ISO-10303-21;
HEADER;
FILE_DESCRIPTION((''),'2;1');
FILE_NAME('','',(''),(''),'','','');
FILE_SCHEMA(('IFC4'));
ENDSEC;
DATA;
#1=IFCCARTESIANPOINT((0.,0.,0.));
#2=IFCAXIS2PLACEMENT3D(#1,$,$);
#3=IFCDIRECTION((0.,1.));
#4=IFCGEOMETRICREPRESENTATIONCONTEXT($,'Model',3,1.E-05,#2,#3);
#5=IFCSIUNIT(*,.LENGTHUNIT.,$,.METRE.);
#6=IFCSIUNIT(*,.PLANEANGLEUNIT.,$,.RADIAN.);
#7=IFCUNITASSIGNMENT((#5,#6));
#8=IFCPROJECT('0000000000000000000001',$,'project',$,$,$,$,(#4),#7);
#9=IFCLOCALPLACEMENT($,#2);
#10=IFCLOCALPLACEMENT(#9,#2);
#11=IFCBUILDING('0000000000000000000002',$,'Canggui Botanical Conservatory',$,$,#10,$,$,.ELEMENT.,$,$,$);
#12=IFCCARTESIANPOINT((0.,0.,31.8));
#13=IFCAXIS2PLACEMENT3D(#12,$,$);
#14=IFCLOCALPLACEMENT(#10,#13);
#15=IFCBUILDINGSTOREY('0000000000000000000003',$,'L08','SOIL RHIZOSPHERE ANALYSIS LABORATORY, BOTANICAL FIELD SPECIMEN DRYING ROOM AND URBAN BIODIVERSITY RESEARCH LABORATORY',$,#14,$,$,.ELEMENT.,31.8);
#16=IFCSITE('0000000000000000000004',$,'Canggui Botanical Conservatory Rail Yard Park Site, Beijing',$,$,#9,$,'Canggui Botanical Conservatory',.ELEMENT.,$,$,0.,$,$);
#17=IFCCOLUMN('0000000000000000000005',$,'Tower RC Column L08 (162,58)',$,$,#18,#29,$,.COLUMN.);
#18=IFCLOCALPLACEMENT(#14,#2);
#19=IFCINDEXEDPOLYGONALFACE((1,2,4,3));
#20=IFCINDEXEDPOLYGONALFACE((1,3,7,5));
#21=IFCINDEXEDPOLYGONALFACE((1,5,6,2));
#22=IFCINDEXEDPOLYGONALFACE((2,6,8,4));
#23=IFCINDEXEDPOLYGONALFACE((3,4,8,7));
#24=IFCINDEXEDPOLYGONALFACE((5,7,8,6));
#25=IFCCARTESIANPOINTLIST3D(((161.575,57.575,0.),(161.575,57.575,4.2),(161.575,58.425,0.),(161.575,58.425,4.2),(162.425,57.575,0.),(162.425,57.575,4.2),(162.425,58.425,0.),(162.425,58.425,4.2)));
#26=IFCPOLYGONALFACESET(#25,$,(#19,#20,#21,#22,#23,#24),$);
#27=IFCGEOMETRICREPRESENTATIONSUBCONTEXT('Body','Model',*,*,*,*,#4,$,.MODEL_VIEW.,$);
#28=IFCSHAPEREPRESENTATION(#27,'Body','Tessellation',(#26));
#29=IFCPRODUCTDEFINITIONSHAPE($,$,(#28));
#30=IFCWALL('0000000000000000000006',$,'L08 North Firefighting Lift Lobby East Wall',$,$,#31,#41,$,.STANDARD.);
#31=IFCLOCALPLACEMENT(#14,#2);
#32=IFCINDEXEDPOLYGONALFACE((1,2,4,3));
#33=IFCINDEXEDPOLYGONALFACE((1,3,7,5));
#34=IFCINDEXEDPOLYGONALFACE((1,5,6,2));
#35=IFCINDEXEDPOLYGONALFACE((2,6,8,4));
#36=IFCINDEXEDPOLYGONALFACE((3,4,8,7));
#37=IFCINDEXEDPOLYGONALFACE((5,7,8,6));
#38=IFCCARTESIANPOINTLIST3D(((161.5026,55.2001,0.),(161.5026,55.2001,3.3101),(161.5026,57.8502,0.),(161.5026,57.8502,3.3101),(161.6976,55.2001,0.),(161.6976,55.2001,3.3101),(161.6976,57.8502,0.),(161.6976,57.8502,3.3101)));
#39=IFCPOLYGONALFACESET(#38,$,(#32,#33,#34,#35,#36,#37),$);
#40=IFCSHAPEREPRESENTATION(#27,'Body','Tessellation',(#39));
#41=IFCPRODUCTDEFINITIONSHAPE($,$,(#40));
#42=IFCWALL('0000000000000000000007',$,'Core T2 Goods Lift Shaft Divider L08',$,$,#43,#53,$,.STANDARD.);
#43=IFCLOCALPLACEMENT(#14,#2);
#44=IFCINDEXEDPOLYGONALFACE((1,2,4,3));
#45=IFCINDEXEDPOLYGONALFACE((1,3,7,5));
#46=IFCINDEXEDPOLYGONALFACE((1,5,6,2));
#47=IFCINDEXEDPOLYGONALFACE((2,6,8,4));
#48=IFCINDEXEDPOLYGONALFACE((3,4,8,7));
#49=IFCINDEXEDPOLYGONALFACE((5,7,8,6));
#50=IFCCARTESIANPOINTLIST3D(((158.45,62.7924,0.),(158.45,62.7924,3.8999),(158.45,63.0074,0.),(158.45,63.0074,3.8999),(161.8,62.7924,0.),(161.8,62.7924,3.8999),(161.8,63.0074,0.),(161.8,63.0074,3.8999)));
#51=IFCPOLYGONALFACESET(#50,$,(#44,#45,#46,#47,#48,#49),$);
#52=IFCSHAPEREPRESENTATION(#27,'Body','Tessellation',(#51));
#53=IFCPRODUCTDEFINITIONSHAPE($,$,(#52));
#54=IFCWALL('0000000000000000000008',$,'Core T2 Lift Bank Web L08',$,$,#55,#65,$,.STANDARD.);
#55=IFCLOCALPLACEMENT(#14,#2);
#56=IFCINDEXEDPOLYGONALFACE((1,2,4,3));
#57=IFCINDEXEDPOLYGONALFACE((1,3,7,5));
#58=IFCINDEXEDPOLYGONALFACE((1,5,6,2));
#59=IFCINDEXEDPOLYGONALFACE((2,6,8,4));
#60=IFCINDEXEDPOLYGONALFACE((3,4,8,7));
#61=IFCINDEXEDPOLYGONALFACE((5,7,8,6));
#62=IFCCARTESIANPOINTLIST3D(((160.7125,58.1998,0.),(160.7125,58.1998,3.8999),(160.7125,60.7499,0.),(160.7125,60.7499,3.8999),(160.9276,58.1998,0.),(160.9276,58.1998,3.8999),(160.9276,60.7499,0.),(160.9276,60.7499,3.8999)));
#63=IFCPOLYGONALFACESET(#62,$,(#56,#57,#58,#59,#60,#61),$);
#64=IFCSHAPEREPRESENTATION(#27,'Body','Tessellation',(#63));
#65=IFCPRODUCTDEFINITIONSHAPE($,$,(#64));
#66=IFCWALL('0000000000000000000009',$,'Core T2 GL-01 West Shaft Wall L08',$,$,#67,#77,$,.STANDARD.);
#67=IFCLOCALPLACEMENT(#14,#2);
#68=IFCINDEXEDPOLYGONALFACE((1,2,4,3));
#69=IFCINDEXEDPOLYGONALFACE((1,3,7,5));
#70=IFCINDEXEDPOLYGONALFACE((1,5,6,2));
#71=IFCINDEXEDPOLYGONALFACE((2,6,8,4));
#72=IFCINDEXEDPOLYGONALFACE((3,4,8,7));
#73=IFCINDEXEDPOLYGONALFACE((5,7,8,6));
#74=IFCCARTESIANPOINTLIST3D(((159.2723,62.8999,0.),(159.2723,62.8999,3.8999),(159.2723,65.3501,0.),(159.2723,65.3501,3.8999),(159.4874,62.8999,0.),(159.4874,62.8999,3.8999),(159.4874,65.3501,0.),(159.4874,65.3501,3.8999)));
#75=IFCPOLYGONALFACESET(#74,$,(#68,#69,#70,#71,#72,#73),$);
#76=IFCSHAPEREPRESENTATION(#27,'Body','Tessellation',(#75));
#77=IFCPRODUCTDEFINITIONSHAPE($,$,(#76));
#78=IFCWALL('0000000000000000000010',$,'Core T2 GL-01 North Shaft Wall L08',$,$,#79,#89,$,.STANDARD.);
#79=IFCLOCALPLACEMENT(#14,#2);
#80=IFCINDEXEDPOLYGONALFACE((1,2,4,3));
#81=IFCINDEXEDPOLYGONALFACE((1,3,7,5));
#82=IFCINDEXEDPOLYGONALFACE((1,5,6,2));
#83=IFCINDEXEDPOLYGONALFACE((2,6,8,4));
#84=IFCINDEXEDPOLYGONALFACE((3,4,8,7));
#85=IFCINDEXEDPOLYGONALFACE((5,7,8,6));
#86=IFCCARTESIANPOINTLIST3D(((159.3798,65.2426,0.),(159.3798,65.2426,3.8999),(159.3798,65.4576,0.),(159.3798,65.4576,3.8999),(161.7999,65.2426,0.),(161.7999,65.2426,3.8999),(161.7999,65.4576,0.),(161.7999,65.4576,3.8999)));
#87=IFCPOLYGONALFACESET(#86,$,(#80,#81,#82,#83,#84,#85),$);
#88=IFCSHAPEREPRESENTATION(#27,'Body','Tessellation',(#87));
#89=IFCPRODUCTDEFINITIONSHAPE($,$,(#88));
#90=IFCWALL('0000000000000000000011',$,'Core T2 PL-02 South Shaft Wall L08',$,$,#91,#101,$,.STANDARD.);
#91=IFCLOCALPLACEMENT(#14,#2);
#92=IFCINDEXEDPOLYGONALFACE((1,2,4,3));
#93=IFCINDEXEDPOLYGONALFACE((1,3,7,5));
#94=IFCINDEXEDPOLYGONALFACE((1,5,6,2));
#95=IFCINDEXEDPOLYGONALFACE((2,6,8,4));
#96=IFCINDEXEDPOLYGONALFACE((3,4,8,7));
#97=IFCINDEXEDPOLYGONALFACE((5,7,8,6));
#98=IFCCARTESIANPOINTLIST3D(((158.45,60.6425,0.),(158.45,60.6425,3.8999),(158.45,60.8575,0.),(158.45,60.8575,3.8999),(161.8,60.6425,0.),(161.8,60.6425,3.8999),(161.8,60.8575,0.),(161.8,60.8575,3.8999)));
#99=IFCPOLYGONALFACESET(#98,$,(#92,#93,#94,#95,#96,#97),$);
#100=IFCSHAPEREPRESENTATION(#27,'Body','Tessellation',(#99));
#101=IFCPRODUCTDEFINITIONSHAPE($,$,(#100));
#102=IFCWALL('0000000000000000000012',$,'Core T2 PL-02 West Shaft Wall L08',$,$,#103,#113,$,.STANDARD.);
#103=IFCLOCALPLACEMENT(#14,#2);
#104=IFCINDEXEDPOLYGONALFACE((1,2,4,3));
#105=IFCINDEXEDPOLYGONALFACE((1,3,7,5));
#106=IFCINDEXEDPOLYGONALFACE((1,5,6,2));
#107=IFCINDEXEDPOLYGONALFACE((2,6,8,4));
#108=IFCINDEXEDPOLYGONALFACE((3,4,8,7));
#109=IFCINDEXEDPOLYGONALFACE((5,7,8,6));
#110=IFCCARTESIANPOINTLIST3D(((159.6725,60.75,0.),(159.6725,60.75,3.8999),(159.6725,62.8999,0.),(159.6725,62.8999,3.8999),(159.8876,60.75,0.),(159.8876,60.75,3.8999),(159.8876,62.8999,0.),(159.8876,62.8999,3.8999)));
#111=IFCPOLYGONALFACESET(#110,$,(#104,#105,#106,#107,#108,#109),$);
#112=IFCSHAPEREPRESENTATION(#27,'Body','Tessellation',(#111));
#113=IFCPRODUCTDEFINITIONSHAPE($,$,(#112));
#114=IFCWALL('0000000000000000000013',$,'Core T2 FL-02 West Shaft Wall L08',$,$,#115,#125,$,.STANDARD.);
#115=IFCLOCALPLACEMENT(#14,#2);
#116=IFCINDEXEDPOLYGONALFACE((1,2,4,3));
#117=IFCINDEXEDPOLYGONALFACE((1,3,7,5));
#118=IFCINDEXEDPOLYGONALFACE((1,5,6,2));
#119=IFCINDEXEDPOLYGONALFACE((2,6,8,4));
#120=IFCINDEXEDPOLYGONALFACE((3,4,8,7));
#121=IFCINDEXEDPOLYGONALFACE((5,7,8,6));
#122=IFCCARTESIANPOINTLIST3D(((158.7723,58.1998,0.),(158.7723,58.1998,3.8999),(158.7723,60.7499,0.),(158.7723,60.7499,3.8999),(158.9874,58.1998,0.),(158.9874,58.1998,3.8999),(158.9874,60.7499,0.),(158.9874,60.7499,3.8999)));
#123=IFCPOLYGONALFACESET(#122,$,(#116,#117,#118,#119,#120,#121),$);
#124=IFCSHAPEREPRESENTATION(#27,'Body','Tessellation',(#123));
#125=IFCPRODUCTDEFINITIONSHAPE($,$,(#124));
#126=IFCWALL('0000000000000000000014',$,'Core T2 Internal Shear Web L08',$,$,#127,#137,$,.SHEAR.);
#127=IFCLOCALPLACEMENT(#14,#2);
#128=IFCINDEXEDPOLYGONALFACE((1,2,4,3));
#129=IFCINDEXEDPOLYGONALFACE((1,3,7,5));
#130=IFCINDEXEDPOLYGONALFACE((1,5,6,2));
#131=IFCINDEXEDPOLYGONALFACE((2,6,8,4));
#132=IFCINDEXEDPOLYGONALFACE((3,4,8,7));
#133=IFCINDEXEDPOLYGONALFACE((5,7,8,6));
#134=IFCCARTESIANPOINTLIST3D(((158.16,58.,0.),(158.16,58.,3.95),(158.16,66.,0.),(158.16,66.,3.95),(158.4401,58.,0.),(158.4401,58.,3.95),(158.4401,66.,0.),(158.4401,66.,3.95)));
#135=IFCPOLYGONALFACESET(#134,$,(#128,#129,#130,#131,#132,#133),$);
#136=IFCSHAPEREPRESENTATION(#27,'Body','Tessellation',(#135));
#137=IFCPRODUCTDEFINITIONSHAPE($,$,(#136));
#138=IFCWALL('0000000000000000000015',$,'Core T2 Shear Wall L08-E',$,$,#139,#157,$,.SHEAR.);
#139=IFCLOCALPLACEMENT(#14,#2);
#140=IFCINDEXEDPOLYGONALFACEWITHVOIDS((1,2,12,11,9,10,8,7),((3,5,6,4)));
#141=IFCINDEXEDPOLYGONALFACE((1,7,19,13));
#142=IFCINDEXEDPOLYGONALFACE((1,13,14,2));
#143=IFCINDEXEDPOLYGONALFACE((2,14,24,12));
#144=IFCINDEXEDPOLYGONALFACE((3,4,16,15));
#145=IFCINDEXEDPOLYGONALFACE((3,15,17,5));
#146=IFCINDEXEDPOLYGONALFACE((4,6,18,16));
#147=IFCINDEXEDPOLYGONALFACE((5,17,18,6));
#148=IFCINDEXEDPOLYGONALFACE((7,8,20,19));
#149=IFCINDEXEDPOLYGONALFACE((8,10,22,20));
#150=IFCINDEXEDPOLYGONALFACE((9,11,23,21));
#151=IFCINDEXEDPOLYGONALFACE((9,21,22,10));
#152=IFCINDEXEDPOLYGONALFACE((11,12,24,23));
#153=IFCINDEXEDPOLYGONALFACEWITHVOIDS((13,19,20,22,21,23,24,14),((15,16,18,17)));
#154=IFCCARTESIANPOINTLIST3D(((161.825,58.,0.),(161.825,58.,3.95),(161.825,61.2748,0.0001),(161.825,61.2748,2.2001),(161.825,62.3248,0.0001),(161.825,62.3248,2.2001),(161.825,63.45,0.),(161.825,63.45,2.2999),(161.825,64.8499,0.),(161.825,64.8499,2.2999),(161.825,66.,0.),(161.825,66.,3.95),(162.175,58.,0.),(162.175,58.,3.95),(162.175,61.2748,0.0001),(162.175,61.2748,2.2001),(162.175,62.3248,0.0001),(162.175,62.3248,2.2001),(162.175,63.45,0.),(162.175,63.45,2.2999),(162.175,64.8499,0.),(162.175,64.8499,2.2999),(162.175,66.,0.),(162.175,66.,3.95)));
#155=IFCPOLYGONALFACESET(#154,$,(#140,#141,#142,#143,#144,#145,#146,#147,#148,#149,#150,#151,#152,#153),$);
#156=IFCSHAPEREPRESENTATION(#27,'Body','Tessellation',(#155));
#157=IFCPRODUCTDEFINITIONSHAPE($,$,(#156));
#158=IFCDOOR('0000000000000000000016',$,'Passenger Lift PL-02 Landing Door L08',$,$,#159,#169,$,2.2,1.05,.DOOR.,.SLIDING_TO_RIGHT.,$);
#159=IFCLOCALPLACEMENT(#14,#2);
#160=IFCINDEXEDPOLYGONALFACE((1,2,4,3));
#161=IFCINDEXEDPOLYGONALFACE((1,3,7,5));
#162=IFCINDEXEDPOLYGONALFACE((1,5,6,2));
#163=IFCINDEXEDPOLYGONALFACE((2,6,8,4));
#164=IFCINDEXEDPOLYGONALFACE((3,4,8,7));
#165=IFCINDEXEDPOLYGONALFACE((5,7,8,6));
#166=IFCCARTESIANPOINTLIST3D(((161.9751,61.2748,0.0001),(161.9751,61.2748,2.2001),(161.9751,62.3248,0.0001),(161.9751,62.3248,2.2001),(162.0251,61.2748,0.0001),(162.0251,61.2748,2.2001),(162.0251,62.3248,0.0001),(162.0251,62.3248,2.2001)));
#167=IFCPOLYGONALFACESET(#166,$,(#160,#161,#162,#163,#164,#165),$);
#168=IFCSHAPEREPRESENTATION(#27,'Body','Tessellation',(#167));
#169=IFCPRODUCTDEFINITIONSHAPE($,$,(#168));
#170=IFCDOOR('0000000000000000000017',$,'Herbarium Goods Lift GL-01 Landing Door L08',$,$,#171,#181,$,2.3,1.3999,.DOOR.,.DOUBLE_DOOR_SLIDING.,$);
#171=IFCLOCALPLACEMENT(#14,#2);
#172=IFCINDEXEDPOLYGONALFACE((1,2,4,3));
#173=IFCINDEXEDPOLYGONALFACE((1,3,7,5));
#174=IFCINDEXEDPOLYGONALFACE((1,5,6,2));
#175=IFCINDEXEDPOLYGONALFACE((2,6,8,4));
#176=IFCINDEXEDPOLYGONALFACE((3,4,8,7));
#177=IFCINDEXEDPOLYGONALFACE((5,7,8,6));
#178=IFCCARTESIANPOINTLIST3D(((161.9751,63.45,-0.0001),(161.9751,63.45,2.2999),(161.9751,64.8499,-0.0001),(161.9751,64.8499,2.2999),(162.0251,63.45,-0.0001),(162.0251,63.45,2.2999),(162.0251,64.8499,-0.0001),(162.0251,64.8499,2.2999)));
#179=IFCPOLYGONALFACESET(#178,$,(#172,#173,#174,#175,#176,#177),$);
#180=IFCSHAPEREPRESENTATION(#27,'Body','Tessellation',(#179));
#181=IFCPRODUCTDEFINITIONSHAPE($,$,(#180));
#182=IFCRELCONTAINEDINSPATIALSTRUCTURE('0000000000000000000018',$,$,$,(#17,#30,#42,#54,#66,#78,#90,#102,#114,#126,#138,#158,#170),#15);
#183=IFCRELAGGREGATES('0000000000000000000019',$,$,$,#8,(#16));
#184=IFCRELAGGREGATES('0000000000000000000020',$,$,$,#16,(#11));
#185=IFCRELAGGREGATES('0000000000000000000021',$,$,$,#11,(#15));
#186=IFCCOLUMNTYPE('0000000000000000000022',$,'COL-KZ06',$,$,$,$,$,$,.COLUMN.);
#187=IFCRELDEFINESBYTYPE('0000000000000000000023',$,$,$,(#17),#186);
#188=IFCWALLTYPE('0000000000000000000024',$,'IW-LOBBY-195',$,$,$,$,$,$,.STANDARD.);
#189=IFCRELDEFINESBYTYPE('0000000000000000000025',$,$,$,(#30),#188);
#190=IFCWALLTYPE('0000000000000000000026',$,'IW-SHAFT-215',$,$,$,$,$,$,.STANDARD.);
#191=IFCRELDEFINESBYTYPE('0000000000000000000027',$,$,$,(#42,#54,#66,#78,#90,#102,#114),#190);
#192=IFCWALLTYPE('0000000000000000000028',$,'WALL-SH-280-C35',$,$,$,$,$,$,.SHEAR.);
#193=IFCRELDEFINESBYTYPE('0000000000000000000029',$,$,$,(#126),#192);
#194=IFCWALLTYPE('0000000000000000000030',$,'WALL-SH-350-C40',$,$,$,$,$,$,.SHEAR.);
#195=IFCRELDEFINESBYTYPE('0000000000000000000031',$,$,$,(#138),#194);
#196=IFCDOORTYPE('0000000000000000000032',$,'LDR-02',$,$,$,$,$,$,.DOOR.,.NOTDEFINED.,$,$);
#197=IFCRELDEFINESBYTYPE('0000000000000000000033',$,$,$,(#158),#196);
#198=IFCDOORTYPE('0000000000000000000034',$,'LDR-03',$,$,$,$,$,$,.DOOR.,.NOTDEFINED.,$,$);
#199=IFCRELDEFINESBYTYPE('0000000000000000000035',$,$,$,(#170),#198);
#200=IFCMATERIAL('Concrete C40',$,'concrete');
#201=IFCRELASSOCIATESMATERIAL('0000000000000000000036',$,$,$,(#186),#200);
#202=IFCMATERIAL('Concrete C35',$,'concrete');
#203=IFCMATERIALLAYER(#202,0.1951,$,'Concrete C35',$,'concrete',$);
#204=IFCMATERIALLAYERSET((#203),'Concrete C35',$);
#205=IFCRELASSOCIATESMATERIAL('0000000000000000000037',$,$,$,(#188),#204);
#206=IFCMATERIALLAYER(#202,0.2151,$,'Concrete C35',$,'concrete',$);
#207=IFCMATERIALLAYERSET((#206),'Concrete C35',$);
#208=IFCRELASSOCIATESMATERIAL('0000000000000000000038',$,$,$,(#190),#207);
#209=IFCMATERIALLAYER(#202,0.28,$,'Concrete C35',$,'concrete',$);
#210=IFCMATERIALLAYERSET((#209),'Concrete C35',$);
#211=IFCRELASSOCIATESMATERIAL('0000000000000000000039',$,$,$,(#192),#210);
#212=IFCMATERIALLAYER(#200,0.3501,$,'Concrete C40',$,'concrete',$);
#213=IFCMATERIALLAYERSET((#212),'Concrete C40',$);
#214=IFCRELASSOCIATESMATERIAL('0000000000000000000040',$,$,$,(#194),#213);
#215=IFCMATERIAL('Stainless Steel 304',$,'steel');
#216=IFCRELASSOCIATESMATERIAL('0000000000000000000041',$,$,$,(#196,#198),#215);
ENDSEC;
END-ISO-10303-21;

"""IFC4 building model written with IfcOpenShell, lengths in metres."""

from ifc_helpers import new_model, si_unit, direction, frame, frame_2d, origin, origin_2d, place, context, subcontext, project, spatial, rectangle, extrude, material, layer, layer_set, material_profile, profile_set, type_object, element, fill, save


model = new_model("IFC4")

# Units and contexts
model_context = context("Model", 3, precision=1e-05, world=origin(), true_north=direction((0.0, 1.0)))
body_context = subcontext(model_context, "Body", "Model", "MODEL_VIEW")
ifc_project = project(units=[si_unit("LENGTHUNIT", "METRE"), si_unit("PLANEANGLEUNIT", "RADIAN")], contexts=[model_context])

# Site, building, storey
site_placement = place(None, origin())
site = spatial("IfcSite", under=ifc_project, at=site_placement, Name="Canggui Botanical Conservatory Rail Yard Park Site, Beijing", LongName="Canggui Botanical Conservatory", CompositionType="ELEMENT", RefElevation=0.0)
building_placement = place(site_placement, origin())
building = spatial("IfcBuilding", under=site, at=building_placement, Name="Canggui Botanical Conservatory", CompositionType="ELEMENT")
storey_placement = place(building_placement, frame((0.0, 0.0, 31.8)))
storey = spatial("IfcBuildingStorey", under=building, at=storey_placement, Name="L08", Description="SOIL RHIZOSPHERE ANALYSIS LABORATORY, BOTANICAL FIELD SPECIMEN DRYING ROOM AND URBAN BIODIVERSITY RESEARCH LABORATORY", CompositionType="ELEMENT", Elevation=31.8)

# Column
ifc_material_1 = material(Name="Concrete C40", Category="concrete")
ifc_material_profile = material_profile(ifc_material_1, rectangle(XDim=0.8501, YDim=0.8501, at=origin_2d()), Name="RC 850x850")
ifc_profile_set = profile_set([ifc_material_profile], Name="Concrete C40")
column_type = type_object("IfcColumnType", Name="COL-KZ06", PredefinedType="COLUMN", material=ifc_profile_set)
column_placement = place(storey_placement, frame((162.0, 58.0, 0.0), z_axis=(0.0, 0.0, 1.0), x_axis=(1.0, 0.0, 0.0)))
element("IfcColumn", 1, at=column_placement, inside=storey, type_object=column_type, Name="Tower RC Column L08 (162,58)", PredefinedType="COLUMN", context=body_context, shape_type="SweptSolid", body=[
    extrude(rectangle(XDim=0.8501, YDim=0.8501, at=origin_2d()), origin(), (0.0, 0.0, 1.0), 4.2),
])

# Walls
ifc_material_2 = material(Name="Concrete C35", Category="concrete")
ifc_layer_1 = layer(ifc_material_2, 0.1951, Name="Concrete C35", Category="concrete")
ifc_layer_set_1 = layer_set([ifc_layer_1], Name="Concrete C35")
wall_type_1 = type_object("IfcWallType", Name="IW-LOBBY-195", PredefinedType="STANDARD", material=ifc_layer_set_1)
wall_1_placement = place(storey_placement, frame((161.6001, 55.2, 0.0), z_axis=(0.0, 0.0, 1.0), x_axis=(0.0, 1.0, 0.0)))
element("IfcWall", 2, at=wall_1_placement, inside=storey, type_object=wall_type_1, Name="L08 North Firefighting Lift Lobby East Wall", PredefinedType="STANDARD", context=body_context, shape_type="SweptSolid", body=[
    extrude(rectangle(XDim=2.6501, YDim=0.1951, at=frame_2d((1.3252, 0.0))), origin(), (0.0, 0.0, 1.0), 3.3101),
])
ifc_layer_2 = layer(ifc_material_2, 0.2151, Name="Concrete C35", Category="concrete")
ifc_layer_set_2 = layer_set([ifc_layer_2], Name="Concrete C35")
wall_type_2 = type_object("IfcWallType", Name="IW-SHAFT-215", PredefinedType="STANDARD", material=ifc_layer_set_2)
wall_2_placement = place(storey_placement, frame((158.45, 62.8999, 0.0), z_axis=(0.0, 0.0, 1.0), x_axis=(1.0, 0.0, 0.0)))
element("IfcWall", 3, at=wall_2_placement, inside=storey, type_object=wall_type_2, Name="Core T2 Goods Lift Shaft Divider L08", PredefinedType="STANDARD", context=body_context, shape_type="SweptSolid", body=[
    extrude(rectangle(XDim=3.3501, YDim=0.2151, at=frame_2d((1.675, 0.0))), origin(), (0.0, 0.0, 1.0), 3.8999),
])
wall_3_placement = place(storey_placement, frame((160.8201, 58.2, 0.0), z_axis=(0.0, 0.0, 1.0), x_axis=(0.0, 1.0, 0.0)))
element("IfcWall", 4, at=wall_3_placement, inside=storey, type_object=wall_type_2, Name="Core T2 Lift Bank Web L08", PredefinedType="STANDARD", context=body_context, shape_type="SweptSolid", body=[
    extrude(rectangle(XDim=2.55, YDim=0.2151, at=frame_2d((1.2749, 0.0))), origin(), (0.0, 0.0, 1.0), 3.8999),
])
wall_4_placement = place(storey_placement, frame((159.3799, 62.8999, 0.0), z_axis=(0.0, 0.0, 1.0), x_axis=(0.0, 1.0, 0.0)))
element("IfcWall", 5, at=wall_4_placement, inside=storey, type_object=wall_type_2, Name="Core T2 GL-01 West Shaft Wall L08", PredefinedType="STANDARD", context=body_context, shape_type="SweptSolid", body=[
    extrude(rectangle(XDim=2.4502, YDim=0.2151, at=frame_2d((1.2251, 0.0))), origin(), (0.0, 0.0, 1.0), 3.8999),
])
wall_5_placement = place(storey_placement, frame((159.3799, 65.3501, 0.0), z_axis=(0.0, 0.0, 1.0), x_axis=(1.0, 0.0, 0.0)))
element("IfcWall", 6, at=wall_5_placement, inside=storey, type_object=wall_type_2, Name="Core T2 GL-01 North Shaft Wall L08", PredefinedType="STANDARD", context=body_context, shape_type="SweptSolid", body=[
    extrude(rectangle(XDim=2.4202, YDim=0.2151, at=frame_2d((1.21, 0.0))), origin(), (0.0, 0.0, 1.0), 3.8999),
])
wall_6_placement = place(storey_placement, frame((158.45, 60.75, 0.0), z_axis=(0.0, 0.0, 1.0), x_axis=(1.0, 0.0, 0.0)))
element("IfcWall", 7, at=wall_6_placement, inside=storey, type_object=wall_type_2, Name="Core T2 PL-02 South Shaft Wall L08", PredefinedType="STANDARD", context=body_context, shape_type="SweptSolid", body=[
    extrude(rectangle(XDim=3.3501, YDim=0.2151, at=frame_2d((1.675, 0.0))), origin(), (0.0, 0.0, 1.0), 3.8999),
])
wall_7_placement = place(storey_placement, frame((159.78, 60.75, 0.0), z_axis=(0.0, 0.0, 1.0), x_axis=(0.0, 1.0, 0.0)))
element("IfcWall", 8, at=wall_7_placement, inside=storey, type_object=wall_type_2, Name="Core T2 PL-02 West Shaft Wall L08", PredefinedType="STANDARD", context=body_context, shape_type="SweptSolid", body=[
    extrude(rectangle(XDim=2.1499, YDim=0.2151, at=frame_2d((1.075, 0.0))), origin(), (0.0, 0.0, 1.0), 3.8999),
])
wall_8_placement = place(storey_placement, frame((158.8799, 58.2, 0.0), z_axis=(0.0, 0.0, 1.0), x_axis=(0.0, 1.0, 0.0)))
element("IfcWall", 9, at=wall_8_placement, inside=storey, type_object=wall_type_2, Name="Core T2 FL-02 West Shaft Wall L08", PredefinedType="STANDARD", context=body_context, shape_type="SweptSolid", body=[
    extrude(rectangle(XDim=2.55, YDim=0.2151, at=frame_2d((1.2749, 0.0))), origin(), (0.0, 0.0, 1.0), 3.8999),
])
ifc_layer_3 = layer(ifc_material_2, 0.28, Name="Concrete C35", Category="concrete")
ifc_layer_set_3 = layer_set([ifc_layer_3], Name="Concrete C35")
wall_type_3 = type_object("IfcWallType", Name="WALL-SH-280-C35", PredefinedType="SHEAR", material=ifc_layer_set_3)
wall_9_placement = place(storey_placement, frame((158.3, 58.0, 0.0), z_axis=(0.0, 0.0, 1.0), x_axis=(0.0, 1.0, 0.0)))
element("IfcWall", 10, at=wall_9_placement, inside=storey, type_object=wall_type_3, Name="Core T2 Internal Shear Web L08", PredefinedType="SHEAR", context=body_context, shape_type="SweptSolid", body=[
    extrude(rectangle(XDim=8.0, YDim=0.28, at=frame_2d((4.0, 0.0))), origin(), (0.0, 0.0, 1.0), 3.95),
])

# Wall, openings, doors
ifc_layer_4 = layer(ifc_material_1, 0.3501, Name="Concrete C40", Category="concrete")
ifc_layer_set_4 = layer_set([ifc_layer_4], Name="Concrete C40")
wall_type_4 = type_object("IfcWallType", Name="WALL-SH-350-C40", PredefinedType="SHEAR", material=ifc_layer_set_4)
wall_10_placement = place(storey_placement, frame((162.0, 58.0, 0.0), z_axis=(0.0, 0.0, 1.0), x_axis=(0.0, 1.0, 0.0)))
wall_10 = element("IfcWall", 11, at=wall_10_placement, inside=storey, type_object=wall_type_4, Name="Core T2 Shear Wall L08-E", PredefinedType="SHEAR", context=body_context, shape_type="SweptSolid", body=[
    extrude(rectangle(XDim=8.0, YDim=0.3501, at=frame_2d((4.0, 0.0))), origin(), (0.0, 0.0, 1.0), 3.95),
])
opening_1_placement = place(wall_10_placement, frame((3.2749, 0.0, 0.0)))
opening_1 = element("IfcOpeningElement", 12, at=opening_1_placement, cuts=wall_10, PredefinedType="OPENING", context=body_context, shape_type="SweptSolid", body=[
    extrude(rectangle(XDim=1.05, YDim=2.2, at=frame_2d((0.5249, 1.1001))), frame((0.0, 0.1851, 0.0), z_axis=(0.0, -1.0, 0.0), x_axis=(1.0, 0.0, 0.0)), (0.0, 0.0, 1.0), 0.3701),
])
opening_2_placement = place(wall_10_placement, frame((5.45, 0.0, 0.0)))
opening_2 = element("IfcOpeningElement", 13, at=opening_2_placement, cuts=wall_10, PredefinedType="OPENING", context=body_context, shape_type="SweptSolid", body=[
    extrude(rectangle(XDim=1.3999, YDim=2.3, at=frame_2d((0.7, 1.1499))), frame((0.0, 0.1851, 0.0), z_axis=(0.0, -1.0, 0.0), x_axis=(1.0, 0.0, 0.0)), (0.0, 0.0, 1.0), 0.3701),
])
ifc_material_3 = material(Name="Stainless Steel 304", Category="steel")
door_type_1 = type_object("IfcDoorType", Name="LDR-02", OperationType="NOTDEFINED", PredefinedType="DOOR", material=ifc_material_3)
door_1_placement = place(opening_1_placement, origin())
door_1 = element("IfcDoor", 14, at=door_1_placement, inside=storey, type_object=door_type_1, Name="Passenger Lift PL-02 Landing Door L08", OperationType="SLIDING_TO_RIGHT", OverallHeight=2.2, OverallWidth=1.05, PredefinedType="DOOR", context=body_context, shape_type="SweptSolid", body=[
    extrude(rectangle(XDim=1.05, YDim=2.2, at=frame_2d((0.5249, 1.1001))), frame((0.0, 0.0249, 0.0), z_axis=(0.0, -1.0, 0.0), x_axis=(1.0, 0.0, 0.0)), (0.0, 0.0, 1.0), 0.05),
])
fill(opening_1, door_1)
door_type_2 = type_object("IfcDoorType", Name="LDR-03", OperationType="NOTDEFINED", PredefinedType="DOOR", material=ifc_material_3)
door_2_placement = place(opening_2_placement, origin())
door_2 = element("IfcDoor", 15, at=door_2_placement, inside=storey, type_object=door_type_2, Name="Herbarium Goods Lift GL-01 Landing Door L08", OperationType="DOUBLE_DOOR_SLIDING", OverallHeight=2.3, OverallWidth=1.3999, PredefinedType="DOOR", context=body_context, shape_type="SweptSolid", body=[
    extrude(rectangle(XDim=1.3999, YDim=2.3, at=frame_2d((0.7, 1.1499))), frame((0.0, 0.0249, 0.0), z_axis=(0.0, -1.0, 0.0), x_axis=(1.0, 0.0, 0.0)), (0.0, 0.0, 1.0), 0.05),
])
fill(opening_2, door_2)

save(model, "model.ifc")
